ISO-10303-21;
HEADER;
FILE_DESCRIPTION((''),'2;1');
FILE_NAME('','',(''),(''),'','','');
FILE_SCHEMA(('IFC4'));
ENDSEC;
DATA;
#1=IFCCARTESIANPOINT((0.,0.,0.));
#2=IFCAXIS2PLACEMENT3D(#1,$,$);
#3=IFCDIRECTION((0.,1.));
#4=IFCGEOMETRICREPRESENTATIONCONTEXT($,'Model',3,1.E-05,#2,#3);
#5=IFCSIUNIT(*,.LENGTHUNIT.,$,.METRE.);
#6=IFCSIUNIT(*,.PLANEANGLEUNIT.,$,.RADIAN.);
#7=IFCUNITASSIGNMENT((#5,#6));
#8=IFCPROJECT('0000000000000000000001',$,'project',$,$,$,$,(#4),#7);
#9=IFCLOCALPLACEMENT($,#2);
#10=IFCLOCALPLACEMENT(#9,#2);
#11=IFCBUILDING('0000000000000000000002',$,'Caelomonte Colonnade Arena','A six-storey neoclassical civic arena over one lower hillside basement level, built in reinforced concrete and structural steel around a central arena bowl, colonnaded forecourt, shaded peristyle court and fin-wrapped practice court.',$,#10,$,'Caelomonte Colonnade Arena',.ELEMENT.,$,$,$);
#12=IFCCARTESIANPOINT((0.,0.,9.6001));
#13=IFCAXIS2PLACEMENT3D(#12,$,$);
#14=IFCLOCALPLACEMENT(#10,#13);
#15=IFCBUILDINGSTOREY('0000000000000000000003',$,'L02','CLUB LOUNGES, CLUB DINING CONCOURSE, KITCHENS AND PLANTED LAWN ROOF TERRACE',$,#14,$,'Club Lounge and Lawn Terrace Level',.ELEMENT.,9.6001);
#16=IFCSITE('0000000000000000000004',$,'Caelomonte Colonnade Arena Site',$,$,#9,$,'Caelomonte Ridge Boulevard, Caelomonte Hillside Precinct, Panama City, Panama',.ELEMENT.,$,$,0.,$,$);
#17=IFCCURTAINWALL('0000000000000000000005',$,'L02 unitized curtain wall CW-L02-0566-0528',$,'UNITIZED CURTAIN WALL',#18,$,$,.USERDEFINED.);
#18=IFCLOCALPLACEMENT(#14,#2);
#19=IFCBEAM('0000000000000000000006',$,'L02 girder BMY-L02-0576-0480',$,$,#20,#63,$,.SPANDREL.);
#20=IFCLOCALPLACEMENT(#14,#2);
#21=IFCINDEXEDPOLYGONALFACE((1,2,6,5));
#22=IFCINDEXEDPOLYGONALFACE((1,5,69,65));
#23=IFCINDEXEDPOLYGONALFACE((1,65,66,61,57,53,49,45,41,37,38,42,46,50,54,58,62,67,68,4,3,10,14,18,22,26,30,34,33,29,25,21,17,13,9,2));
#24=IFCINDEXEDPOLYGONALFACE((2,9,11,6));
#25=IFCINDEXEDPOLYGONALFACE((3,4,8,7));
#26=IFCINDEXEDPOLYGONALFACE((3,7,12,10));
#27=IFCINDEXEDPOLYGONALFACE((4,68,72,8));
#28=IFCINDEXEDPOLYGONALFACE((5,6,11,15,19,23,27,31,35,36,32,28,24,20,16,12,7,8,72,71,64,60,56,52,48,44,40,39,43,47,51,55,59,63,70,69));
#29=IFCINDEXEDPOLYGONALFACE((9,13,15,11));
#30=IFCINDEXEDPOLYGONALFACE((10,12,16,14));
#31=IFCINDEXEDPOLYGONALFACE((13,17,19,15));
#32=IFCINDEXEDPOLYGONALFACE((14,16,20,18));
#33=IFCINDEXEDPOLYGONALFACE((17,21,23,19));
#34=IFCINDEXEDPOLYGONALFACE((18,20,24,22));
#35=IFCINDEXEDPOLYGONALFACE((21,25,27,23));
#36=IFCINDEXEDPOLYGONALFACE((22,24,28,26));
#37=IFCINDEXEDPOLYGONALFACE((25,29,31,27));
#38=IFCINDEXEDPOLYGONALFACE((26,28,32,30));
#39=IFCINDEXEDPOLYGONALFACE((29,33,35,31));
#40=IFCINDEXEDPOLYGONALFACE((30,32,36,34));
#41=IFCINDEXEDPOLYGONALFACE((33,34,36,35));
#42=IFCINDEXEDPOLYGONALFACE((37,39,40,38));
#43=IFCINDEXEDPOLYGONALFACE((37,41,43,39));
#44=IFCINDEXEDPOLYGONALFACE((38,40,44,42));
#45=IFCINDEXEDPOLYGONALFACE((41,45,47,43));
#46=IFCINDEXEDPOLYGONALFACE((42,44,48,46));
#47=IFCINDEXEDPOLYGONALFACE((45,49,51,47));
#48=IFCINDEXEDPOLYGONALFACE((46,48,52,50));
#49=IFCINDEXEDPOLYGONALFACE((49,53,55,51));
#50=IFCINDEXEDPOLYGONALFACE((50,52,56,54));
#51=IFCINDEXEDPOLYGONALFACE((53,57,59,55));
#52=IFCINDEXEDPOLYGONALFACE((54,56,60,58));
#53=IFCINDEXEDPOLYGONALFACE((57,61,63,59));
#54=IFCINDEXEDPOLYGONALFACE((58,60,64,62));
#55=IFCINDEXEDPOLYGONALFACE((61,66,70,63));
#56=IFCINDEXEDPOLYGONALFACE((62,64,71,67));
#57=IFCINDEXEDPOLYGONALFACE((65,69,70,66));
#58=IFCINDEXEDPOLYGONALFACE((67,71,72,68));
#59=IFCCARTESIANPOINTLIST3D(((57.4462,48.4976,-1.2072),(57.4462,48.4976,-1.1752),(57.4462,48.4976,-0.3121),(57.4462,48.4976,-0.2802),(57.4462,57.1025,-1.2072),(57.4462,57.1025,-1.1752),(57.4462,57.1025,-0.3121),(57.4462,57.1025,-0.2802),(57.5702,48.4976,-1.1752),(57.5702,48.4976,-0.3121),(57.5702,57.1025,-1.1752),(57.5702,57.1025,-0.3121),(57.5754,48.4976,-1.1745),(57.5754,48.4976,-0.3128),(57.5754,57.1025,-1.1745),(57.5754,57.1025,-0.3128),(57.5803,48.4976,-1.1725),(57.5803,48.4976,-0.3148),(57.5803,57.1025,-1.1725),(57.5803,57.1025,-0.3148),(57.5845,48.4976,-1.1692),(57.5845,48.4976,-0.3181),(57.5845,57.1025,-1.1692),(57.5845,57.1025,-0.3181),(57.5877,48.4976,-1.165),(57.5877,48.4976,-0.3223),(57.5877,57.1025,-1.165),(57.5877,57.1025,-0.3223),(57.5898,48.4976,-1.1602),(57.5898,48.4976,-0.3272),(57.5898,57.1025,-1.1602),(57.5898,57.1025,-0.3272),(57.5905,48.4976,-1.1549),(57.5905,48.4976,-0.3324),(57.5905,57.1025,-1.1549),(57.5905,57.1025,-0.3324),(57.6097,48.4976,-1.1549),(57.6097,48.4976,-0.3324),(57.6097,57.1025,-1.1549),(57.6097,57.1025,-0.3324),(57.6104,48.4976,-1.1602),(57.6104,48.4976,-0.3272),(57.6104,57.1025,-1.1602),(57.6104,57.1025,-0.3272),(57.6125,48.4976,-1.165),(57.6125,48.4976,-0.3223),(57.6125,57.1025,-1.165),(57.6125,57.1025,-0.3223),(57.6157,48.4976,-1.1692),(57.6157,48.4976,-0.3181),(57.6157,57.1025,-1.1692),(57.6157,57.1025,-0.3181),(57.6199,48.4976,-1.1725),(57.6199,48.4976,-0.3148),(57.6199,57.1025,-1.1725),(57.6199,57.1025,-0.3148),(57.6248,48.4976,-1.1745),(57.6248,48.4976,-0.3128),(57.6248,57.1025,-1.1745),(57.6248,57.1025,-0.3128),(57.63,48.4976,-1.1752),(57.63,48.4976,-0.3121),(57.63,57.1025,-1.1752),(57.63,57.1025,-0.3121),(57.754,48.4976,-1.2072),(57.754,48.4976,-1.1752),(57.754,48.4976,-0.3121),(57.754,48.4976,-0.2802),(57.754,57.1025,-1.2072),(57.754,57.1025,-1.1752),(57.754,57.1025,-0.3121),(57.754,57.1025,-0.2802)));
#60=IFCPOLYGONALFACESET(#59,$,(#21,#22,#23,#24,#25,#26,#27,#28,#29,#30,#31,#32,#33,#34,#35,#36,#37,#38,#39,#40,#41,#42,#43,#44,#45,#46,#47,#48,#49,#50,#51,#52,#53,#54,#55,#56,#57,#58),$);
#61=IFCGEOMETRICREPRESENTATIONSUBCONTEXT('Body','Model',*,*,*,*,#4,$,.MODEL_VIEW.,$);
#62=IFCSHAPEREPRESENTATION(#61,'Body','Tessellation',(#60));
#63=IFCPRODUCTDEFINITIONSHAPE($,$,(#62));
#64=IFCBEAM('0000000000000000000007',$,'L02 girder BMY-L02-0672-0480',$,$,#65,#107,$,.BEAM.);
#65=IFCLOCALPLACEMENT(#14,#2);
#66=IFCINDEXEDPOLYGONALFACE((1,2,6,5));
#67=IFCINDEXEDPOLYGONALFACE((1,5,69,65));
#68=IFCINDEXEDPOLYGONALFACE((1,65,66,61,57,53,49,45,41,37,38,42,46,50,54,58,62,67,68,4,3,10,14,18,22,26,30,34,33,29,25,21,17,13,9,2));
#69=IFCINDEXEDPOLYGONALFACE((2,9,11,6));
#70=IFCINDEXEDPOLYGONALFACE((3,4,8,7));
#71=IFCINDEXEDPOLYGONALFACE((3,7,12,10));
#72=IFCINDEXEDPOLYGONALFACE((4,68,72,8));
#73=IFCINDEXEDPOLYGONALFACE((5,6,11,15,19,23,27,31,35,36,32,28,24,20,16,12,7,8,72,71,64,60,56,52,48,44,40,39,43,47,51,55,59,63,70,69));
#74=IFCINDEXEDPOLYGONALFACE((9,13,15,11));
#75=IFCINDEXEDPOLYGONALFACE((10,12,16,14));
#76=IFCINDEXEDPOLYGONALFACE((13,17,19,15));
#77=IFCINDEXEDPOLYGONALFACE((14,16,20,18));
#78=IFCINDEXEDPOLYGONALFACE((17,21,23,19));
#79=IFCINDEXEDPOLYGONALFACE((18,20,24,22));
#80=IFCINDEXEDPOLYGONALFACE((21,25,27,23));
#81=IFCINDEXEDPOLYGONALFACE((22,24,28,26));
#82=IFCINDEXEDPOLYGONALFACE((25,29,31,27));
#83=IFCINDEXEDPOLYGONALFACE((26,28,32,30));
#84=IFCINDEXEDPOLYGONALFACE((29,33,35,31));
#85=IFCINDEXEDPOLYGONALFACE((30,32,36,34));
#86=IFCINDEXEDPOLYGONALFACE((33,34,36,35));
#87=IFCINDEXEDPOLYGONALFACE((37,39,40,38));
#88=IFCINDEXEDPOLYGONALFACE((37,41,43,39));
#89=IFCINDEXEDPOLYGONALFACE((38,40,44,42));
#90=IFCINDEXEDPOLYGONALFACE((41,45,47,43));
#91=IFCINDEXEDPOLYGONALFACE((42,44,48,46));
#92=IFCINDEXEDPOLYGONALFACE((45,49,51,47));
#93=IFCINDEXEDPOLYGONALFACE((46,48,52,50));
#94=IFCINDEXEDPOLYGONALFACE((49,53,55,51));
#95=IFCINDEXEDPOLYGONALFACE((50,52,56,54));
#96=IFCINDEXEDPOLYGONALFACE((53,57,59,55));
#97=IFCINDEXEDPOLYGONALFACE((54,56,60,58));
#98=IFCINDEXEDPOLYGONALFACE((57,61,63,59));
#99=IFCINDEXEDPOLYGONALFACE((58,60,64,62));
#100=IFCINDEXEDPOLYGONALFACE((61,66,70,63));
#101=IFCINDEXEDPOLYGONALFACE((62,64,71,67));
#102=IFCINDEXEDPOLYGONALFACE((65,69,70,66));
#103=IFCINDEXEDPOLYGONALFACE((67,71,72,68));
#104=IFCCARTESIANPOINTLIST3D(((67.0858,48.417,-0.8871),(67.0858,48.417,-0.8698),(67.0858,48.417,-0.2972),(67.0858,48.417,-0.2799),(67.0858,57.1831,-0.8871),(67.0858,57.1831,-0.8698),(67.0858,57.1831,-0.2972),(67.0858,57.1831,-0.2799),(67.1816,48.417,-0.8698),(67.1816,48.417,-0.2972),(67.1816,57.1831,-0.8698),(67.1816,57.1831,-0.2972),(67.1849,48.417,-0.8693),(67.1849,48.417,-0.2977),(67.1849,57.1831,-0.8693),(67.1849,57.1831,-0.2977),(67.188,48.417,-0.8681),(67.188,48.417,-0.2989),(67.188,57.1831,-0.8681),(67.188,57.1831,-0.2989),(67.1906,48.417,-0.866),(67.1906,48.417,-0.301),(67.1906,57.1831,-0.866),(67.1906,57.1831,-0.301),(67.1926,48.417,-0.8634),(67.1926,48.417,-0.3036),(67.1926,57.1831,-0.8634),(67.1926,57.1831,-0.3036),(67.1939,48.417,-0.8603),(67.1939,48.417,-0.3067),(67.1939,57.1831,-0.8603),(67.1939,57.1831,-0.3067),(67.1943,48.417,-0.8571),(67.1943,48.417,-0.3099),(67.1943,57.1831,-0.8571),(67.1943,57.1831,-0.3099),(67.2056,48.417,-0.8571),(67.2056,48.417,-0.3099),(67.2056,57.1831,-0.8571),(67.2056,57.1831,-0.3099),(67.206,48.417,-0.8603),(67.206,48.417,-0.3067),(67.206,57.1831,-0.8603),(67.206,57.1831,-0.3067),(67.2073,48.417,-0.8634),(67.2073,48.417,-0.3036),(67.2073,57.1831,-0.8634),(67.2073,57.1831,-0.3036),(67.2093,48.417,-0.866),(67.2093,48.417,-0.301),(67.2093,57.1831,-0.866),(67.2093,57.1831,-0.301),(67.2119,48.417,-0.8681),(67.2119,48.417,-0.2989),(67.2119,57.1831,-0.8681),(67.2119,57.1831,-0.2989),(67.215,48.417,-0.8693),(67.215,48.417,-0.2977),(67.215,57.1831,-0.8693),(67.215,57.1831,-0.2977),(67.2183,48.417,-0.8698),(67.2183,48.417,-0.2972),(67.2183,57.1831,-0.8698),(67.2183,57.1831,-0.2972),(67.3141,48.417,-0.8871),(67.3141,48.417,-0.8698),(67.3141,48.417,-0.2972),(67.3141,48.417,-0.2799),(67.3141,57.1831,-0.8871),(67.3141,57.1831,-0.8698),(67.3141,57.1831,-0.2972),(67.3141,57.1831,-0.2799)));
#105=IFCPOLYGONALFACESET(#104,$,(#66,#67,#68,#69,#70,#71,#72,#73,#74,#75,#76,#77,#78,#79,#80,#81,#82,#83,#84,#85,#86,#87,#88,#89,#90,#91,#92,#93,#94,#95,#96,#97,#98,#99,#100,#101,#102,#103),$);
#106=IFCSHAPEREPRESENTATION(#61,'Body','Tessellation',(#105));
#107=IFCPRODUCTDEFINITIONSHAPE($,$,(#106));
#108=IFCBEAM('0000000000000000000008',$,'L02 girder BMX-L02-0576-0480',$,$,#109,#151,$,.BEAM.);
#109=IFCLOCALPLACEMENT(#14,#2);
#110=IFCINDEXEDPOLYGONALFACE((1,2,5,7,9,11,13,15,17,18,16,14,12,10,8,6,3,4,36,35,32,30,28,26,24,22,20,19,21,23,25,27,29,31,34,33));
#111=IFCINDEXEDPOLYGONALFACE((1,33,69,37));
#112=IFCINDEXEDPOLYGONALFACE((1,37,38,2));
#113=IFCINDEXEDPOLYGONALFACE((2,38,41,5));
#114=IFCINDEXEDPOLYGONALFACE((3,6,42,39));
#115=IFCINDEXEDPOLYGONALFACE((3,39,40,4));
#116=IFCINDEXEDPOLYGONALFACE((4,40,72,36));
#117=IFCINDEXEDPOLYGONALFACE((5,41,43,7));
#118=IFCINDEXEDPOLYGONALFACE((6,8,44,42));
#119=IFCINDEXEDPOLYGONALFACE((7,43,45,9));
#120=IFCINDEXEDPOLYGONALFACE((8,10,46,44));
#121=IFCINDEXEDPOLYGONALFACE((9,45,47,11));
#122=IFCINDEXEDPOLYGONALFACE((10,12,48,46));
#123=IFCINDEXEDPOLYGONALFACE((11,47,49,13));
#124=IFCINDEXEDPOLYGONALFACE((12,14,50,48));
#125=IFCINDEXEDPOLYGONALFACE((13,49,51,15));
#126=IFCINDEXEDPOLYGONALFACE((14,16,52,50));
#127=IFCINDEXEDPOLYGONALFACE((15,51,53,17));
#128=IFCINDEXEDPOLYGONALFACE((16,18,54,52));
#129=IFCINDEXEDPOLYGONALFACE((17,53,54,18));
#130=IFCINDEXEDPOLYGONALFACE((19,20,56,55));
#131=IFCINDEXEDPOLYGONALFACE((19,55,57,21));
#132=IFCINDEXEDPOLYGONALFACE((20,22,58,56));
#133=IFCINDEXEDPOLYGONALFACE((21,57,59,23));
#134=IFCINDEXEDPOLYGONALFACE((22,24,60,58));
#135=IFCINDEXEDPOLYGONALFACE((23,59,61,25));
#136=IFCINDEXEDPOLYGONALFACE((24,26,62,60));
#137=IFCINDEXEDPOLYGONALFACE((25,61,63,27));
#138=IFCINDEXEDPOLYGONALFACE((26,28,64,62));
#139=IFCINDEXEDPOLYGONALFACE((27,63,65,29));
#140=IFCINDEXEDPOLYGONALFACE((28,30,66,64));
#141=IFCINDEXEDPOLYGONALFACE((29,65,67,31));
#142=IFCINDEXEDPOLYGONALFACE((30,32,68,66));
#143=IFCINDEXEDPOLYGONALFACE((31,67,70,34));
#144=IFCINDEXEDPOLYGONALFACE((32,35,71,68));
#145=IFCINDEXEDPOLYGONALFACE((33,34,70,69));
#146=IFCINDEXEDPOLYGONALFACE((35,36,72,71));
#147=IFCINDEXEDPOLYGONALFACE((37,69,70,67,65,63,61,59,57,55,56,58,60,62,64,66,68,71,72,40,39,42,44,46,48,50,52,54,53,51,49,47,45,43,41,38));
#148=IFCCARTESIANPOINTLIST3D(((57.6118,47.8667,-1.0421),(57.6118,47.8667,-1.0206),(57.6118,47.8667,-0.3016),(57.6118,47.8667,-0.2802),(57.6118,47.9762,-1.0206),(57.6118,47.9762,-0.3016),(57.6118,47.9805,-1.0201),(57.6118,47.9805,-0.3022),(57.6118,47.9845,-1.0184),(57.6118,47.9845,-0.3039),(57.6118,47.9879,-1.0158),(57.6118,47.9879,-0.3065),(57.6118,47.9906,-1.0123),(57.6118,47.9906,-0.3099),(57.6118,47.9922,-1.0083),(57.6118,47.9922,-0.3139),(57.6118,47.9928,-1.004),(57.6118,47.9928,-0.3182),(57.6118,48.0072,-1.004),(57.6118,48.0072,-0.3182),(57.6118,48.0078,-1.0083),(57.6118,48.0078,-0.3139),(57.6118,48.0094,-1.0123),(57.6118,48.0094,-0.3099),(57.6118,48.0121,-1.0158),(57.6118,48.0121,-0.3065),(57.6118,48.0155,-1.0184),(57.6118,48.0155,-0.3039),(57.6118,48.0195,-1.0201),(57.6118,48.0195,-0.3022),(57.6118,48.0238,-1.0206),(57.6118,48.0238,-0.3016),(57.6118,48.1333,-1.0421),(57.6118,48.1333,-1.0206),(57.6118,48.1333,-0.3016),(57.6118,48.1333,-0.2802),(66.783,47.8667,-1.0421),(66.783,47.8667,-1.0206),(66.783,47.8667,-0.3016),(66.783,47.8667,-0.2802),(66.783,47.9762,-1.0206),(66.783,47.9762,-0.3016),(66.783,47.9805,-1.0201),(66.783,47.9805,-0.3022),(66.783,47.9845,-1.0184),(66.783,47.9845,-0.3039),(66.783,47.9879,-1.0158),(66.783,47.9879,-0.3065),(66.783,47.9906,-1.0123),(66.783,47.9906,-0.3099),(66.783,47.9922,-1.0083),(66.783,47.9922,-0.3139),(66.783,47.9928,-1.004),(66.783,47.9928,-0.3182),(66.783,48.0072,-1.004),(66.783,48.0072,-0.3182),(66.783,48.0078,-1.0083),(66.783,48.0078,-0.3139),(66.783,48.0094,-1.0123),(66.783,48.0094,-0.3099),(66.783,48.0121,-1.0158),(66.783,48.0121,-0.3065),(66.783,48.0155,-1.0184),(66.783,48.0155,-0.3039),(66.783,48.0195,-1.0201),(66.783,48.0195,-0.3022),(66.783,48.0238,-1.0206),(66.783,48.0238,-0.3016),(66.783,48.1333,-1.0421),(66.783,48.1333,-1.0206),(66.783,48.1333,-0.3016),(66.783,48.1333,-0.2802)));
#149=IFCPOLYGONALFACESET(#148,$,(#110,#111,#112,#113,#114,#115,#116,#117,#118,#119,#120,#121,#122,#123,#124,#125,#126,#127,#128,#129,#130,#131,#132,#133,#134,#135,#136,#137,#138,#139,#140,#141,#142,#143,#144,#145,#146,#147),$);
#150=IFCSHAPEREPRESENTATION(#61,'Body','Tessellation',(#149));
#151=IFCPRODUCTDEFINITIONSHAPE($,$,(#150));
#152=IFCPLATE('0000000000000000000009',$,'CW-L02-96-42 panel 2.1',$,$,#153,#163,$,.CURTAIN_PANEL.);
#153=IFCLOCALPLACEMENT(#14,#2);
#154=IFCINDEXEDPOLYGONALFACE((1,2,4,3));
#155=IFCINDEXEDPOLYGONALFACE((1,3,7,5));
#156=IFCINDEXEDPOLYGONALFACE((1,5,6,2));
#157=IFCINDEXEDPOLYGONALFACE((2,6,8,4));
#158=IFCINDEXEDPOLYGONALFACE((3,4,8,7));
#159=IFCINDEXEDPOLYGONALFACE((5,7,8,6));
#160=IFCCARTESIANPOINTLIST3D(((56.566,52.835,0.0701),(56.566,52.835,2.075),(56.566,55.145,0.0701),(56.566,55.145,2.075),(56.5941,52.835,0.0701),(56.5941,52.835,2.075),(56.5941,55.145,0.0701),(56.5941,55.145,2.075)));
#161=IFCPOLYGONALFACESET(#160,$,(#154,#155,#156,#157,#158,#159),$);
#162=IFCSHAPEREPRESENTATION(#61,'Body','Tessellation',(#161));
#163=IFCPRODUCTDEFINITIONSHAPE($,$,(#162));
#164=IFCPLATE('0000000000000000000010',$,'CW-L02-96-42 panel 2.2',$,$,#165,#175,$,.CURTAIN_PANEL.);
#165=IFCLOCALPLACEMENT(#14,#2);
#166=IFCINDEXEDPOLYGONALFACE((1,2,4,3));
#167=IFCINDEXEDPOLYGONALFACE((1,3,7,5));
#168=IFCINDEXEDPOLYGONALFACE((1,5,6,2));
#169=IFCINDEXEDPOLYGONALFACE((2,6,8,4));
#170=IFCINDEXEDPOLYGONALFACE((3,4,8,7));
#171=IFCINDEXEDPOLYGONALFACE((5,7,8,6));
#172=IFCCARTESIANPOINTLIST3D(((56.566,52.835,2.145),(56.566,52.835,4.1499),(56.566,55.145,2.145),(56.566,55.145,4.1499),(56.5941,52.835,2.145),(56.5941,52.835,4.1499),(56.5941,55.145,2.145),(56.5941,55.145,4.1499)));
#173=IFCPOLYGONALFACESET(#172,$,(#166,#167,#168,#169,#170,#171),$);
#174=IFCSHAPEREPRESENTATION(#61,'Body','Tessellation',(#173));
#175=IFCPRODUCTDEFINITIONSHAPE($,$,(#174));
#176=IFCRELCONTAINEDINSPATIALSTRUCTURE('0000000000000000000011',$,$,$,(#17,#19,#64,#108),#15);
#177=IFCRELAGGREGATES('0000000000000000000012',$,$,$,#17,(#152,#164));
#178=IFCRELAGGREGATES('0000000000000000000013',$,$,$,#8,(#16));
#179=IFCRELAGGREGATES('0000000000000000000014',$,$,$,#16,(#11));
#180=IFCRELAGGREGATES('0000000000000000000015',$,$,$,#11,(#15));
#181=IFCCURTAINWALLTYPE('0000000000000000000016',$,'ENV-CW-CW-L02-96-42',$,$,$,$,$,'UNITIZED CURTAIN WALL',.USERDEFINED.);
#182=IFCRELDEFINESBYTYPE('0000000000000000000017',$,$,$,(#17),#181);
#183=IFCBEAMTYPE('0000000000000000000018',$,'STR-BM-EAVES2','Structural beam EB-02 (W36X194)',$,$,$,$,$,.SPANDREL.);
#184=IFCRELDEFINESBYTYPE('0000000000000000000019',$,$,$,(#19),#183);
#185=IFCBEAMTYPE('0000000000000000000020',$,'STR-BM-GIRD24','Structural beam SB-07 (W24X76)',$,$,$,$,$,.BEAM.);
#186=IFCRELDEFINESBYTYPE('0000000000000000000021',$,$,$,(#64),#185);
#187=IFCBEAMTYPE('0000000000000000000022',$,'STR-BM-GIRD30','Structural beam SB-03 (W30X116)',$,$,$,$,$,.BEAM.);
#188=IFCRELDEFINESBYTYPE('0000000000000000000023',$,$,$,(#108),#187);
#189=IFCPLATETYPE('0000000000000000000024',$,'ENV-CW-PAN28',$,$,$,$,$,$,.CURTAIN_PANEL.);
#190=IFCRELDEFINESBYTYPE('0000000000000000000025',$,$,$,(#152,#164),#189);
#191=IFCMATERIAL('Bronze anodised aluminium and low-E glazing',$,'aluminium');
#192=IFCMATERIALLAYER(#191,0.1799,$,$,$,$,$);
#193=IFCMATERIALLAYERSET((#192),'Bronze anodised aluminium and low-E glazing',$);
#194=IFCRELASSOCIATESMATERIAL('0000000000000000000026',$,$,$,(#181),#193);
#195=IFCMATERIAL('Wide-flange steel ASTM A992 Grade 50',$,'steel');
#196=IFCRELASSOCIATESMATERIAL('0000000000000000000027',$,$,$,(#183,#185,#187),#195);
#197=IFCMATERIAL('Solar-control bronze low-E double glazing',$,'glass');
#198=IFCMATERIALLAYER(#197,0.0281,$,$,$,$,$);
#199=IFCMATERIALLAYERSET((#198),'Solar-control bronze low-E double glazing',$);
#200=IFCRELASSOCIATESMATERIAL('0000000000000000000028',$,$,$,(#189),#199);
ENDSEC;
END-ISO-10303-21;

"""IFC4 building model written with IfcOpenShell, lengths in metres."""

from ifc_helpers import new_model, si_unit, direction, frame, origin, origin_2d, place, context, subcontext, project, spatial, rectangle, i_section, extrude, material, layer, layer_set, material_profile, profile_set, type_object, element, aggregate, save


model = new_model("IFC4")

# Units and contexts
model_context = context("Model", 3, precision=1e-05, world=origin(), true_north=direction((0.0, 1.0)))
body_context = subcontext(model_context, "Body", "Model", "MODEL_VIEW")
ifc_project = project(units=[si_unit("LENGTHUNIT", "METRE"), si_unit("PLANEANGLEUNIT", "RADIAN")], contexts=[model_context])

# Site, building, storey
site_placement = place(None, origin())
site = spatial("IfcSite", under=ifc_project, at=site_placement, Name="Caelomonte Colonnade Arena Site", LongName="Caelomonte Ridge Boulevard, Caelomonte Hillside Precinct, Panama City, Panama", CompositionType="ELEMENT", RefElevation=0.0)
building_placement = place(site_placement, origin())
building = spatial("IfcBuilding", under=site, at=building_placement, Name="Caelomonte Colonnade Arena", Description="A six-storey neoclassical civic arena over one lower hillside basement level, built in reinforced concrete and structural steel around a central arena bowl, colonnaded forecourt, shaded peristyle court and fin-wrapped practice court.", LongName="Caelomonte Colonnade Arena", CompositionType="ELEMENT")
storey_placement = place(building_placement, frame((0.0, 0.0, 9.6001)))
storey = spatial("IfcBuildingStorey", under=building, at=storey_placement, Name="L02", Description="CLUB LOUNGES, CLUB DINING CONCOURSE, KITCHENS AND PLANTED LAWN ROOF TERRACE", LongName="Club Lounge and Lawn Terrace Level", CompositionType="ELEMENT", Elevation=9.6001)

# Shared definitions
ifc_material_1 = material(Name="Wide-flange steel ASTM A992 Grade 50", Category="steel")

# Curtain wall
ifc_material_2 = material(Name="Bronze anodised aluminium and low-E glazing", Category="aluminium")
ifc_layer_1 = layer(ifc_material_2, 0.1799)
ifc_layer_set_1 = layer_set([ifc_layer_1], Name="Bronze anodised aluminium and low-E glazing")
curtain_wall_type = type_object("IfcCurtainWallType", Name="ENV-CW-CW-L02-96-42", ElementType="UNITIZED CURTAIN WALL", PredefinedType="USERDEFINED", material=ifc_layer_set_1)
curtain_wall_placement = place(storey_placement, origin())
curtain_wall = element("IfcCurtainWall", 1, at=curtain_wall_placement, inside=storey, type_object=curtain_wall_type, Name="L02 unitized curtain wall CW-L02-0566-0528", ObjectType="UNITIZED CURTAIN WALL", PredefinedType="USERDEFINED")

# Beams
ifc_material_profile_1 = material_profile(ifc_material_1, i_section(OverallWidth=0.3079, OverallDepth=0.927, WebThickness=0.0193, FlangeThickness=0.032, FilletRadius=0.0203, at=origin_2d()), Name="W36X194")
ifc_profile_set_1 = profile_set([ifc_material_profile_1], Name="Wide-flange steel ASTM A992 Grade 50")
beam_type_1 = type_object("IfcBeamType", Name="STR-BM-EAVES2", Description="Structural beam EB-02 (W36X194)", PredefinedType="SPANDREL", material=ifc_profile_set_1)
beam_1_placement = place(storey_placement, frame((57.6001, 48.4976, -0.7437), z_axis=(0.0, 1.0, 0.0), x_axis=(-1.0, 0.0, 0.0)))
element("IfcBeam", 2, at=beam_1_placement, inside=storey, type_object=beam_type_1, Name="L02 girder BMY-L02-0576-0480", PredefinedType="SPANDREL", context=body_context, shape_type="SweptSolid", body=[
    extrude(i_section(OverallWidth=0.3079, OverallDepth=0.927, WebThickness=0.0193, FlangeThickness=0.032, FilletRadius=0.0203, at=origin_2d()), origin(), (0.0, 0.0, 1.0), 8.605),
])
ifc_material_profile_2 = material_profile(ifc_material_1, i_section(OverallWidth=0.2283, OverallDepth=0.6072, WebThickness=0.0112, FlangeThickness=0.0173, FilletRadius=0.0127, at=origin_2d()), Name="W24X76")
ifc_profile_set_2 = profile_set([ifc_material_profile_2], Name="Wide-flange steel ASTM A992 Grade 50")
beam_type_2 = type_object("IfcBeamType", Name="STR-BM-GIRD24", Description="Structural beam SB-07 (W24X76)", PredefinedType="BEAM", material=ifc_profile_set_2)
beam_2_placement = place(storey_placement, frame((67.2, 48.417, -0.5835), z_axis=(0.0, 1.0, 0.0), x_axis=(-1.0, 0.0, 0.0)))
element("IfcBeam", 3, at=beam_2_placement, inside=storey, type_object=beam_type_2, Name="L02 girder BMY-L02-0672-0480", PredefinedType="BEAM", context=body_context, shape_type="SweptSolid", body=[
    extrude(i_section(OverallWidth=0.2283, OverallDepth=0.6072, WebThickness=0.0112, FlangeThickness=0.0173, FilletRadius=0.0127, at=origin_2d()), origin(), (0.0, 0.0, 1.0), 8.7661),
])
ifc_material_profile_3 = material_profile(ifc_material_1, i_section(OverallWidth=0.2666, OverallDepth=0.762, WebThickness=0.0144, FlangeThickness=0.0215, FilletRadius=0.0166, at=origin_2d()), Name="W30X116")
ifc_profile_set_3 = profile_set([ifc_material_profile_3], Name="Wide-flange steel ASTM A992 Grade 50")
beam_type_3 = type_object("IfcBeamType", Name="STR-BM-GIRD30", Description="Structural beam SB-03 (W30X116)", PredefinedType="BEAM", material=ifc_profile_set_3)
beam_3_placement = place(storey_placement, frame((57.6118, 48.0, -0.6611), z_axis=(1.0, 0.0, 0.0), x_axis=(0.0, 1.0, 0.0)))
element("IfcBeam", 4, at=beam_3_placement, inside=storey, type_object=beam_type_3, Name="L02 girder BMX-L02-0576-0480", PredefinedType="BEAM", context=body_context, shape_type="SweptSolid", body=[
    extrude(i_section(OverallWidth=0.2666, OverallDepth=0.762, WebThickness=0.0144, FlangeThickness=0.0215, FilletRadius=0.0166, at=origin_2d()), origin(), (0.0, 0.0, 1.0), 9.1711),
])

# Plates
ifc_material_3 = material(Name="Solar-control bronze low-E double glazing", Category="glass")
ifc_layer_2 = layer(ifc_material_3, 0.0281)
ifc_layer_set_2 = layer_set([ifc_layer_2], Name="Solar-control bronze low-E double glazing")
plate_type = type_object("IfcPlateType", Name="ENV-CW-PAN28", PredefinedType="CURTAIN_PANEL", material=ifc_layer_set_2)
plate_1_placement = place(storey_placement, frame((56.5801, 53.99, 0.0701), z_axis=(0.0, 0.0, 1.0), x_axis=(0.0, -1.0, 0.0)))
plate_1 = element("IfcPlate", 5, at=plate_1_placement, type_object=plate_type, Name="CW-L02-96-42 panel 2.1", PredefinedType="CURTAIN_PANEL", context=body_context, shape_type="SweptSolid", body=[
    extrude(rectangle(XDim=2.3101, YDim=0.0281, at=origin_2d()), origin(), (0.0, 0.0, 1.0), 2.0049),
])
plate_2_placement = place(storey_placement, frame((56.5801, 53.99, 2.145), z_axis=(0.0, 0.0, 1.0), x_axis=(0.0, -1.0, 0.0)))
plate_2 = element("IfcPlate", 6, at=plate_2_placement, type_object=plate_type, Name="CW-L02-96-42 panel 2.2", PredefinedType="CURTAIN_PANEL", context=body_context, shape_type="SweptSolid", body=[
    extrude(rectangle(XDim=2.3101, YDim=0.0281, at=origin_2d()), origin(), (0.0, 0.0, 1.0), 2.0049),
])
aggregate(curtain_wall, [plate_1, plate_2])

save(model, "model.ifc")
